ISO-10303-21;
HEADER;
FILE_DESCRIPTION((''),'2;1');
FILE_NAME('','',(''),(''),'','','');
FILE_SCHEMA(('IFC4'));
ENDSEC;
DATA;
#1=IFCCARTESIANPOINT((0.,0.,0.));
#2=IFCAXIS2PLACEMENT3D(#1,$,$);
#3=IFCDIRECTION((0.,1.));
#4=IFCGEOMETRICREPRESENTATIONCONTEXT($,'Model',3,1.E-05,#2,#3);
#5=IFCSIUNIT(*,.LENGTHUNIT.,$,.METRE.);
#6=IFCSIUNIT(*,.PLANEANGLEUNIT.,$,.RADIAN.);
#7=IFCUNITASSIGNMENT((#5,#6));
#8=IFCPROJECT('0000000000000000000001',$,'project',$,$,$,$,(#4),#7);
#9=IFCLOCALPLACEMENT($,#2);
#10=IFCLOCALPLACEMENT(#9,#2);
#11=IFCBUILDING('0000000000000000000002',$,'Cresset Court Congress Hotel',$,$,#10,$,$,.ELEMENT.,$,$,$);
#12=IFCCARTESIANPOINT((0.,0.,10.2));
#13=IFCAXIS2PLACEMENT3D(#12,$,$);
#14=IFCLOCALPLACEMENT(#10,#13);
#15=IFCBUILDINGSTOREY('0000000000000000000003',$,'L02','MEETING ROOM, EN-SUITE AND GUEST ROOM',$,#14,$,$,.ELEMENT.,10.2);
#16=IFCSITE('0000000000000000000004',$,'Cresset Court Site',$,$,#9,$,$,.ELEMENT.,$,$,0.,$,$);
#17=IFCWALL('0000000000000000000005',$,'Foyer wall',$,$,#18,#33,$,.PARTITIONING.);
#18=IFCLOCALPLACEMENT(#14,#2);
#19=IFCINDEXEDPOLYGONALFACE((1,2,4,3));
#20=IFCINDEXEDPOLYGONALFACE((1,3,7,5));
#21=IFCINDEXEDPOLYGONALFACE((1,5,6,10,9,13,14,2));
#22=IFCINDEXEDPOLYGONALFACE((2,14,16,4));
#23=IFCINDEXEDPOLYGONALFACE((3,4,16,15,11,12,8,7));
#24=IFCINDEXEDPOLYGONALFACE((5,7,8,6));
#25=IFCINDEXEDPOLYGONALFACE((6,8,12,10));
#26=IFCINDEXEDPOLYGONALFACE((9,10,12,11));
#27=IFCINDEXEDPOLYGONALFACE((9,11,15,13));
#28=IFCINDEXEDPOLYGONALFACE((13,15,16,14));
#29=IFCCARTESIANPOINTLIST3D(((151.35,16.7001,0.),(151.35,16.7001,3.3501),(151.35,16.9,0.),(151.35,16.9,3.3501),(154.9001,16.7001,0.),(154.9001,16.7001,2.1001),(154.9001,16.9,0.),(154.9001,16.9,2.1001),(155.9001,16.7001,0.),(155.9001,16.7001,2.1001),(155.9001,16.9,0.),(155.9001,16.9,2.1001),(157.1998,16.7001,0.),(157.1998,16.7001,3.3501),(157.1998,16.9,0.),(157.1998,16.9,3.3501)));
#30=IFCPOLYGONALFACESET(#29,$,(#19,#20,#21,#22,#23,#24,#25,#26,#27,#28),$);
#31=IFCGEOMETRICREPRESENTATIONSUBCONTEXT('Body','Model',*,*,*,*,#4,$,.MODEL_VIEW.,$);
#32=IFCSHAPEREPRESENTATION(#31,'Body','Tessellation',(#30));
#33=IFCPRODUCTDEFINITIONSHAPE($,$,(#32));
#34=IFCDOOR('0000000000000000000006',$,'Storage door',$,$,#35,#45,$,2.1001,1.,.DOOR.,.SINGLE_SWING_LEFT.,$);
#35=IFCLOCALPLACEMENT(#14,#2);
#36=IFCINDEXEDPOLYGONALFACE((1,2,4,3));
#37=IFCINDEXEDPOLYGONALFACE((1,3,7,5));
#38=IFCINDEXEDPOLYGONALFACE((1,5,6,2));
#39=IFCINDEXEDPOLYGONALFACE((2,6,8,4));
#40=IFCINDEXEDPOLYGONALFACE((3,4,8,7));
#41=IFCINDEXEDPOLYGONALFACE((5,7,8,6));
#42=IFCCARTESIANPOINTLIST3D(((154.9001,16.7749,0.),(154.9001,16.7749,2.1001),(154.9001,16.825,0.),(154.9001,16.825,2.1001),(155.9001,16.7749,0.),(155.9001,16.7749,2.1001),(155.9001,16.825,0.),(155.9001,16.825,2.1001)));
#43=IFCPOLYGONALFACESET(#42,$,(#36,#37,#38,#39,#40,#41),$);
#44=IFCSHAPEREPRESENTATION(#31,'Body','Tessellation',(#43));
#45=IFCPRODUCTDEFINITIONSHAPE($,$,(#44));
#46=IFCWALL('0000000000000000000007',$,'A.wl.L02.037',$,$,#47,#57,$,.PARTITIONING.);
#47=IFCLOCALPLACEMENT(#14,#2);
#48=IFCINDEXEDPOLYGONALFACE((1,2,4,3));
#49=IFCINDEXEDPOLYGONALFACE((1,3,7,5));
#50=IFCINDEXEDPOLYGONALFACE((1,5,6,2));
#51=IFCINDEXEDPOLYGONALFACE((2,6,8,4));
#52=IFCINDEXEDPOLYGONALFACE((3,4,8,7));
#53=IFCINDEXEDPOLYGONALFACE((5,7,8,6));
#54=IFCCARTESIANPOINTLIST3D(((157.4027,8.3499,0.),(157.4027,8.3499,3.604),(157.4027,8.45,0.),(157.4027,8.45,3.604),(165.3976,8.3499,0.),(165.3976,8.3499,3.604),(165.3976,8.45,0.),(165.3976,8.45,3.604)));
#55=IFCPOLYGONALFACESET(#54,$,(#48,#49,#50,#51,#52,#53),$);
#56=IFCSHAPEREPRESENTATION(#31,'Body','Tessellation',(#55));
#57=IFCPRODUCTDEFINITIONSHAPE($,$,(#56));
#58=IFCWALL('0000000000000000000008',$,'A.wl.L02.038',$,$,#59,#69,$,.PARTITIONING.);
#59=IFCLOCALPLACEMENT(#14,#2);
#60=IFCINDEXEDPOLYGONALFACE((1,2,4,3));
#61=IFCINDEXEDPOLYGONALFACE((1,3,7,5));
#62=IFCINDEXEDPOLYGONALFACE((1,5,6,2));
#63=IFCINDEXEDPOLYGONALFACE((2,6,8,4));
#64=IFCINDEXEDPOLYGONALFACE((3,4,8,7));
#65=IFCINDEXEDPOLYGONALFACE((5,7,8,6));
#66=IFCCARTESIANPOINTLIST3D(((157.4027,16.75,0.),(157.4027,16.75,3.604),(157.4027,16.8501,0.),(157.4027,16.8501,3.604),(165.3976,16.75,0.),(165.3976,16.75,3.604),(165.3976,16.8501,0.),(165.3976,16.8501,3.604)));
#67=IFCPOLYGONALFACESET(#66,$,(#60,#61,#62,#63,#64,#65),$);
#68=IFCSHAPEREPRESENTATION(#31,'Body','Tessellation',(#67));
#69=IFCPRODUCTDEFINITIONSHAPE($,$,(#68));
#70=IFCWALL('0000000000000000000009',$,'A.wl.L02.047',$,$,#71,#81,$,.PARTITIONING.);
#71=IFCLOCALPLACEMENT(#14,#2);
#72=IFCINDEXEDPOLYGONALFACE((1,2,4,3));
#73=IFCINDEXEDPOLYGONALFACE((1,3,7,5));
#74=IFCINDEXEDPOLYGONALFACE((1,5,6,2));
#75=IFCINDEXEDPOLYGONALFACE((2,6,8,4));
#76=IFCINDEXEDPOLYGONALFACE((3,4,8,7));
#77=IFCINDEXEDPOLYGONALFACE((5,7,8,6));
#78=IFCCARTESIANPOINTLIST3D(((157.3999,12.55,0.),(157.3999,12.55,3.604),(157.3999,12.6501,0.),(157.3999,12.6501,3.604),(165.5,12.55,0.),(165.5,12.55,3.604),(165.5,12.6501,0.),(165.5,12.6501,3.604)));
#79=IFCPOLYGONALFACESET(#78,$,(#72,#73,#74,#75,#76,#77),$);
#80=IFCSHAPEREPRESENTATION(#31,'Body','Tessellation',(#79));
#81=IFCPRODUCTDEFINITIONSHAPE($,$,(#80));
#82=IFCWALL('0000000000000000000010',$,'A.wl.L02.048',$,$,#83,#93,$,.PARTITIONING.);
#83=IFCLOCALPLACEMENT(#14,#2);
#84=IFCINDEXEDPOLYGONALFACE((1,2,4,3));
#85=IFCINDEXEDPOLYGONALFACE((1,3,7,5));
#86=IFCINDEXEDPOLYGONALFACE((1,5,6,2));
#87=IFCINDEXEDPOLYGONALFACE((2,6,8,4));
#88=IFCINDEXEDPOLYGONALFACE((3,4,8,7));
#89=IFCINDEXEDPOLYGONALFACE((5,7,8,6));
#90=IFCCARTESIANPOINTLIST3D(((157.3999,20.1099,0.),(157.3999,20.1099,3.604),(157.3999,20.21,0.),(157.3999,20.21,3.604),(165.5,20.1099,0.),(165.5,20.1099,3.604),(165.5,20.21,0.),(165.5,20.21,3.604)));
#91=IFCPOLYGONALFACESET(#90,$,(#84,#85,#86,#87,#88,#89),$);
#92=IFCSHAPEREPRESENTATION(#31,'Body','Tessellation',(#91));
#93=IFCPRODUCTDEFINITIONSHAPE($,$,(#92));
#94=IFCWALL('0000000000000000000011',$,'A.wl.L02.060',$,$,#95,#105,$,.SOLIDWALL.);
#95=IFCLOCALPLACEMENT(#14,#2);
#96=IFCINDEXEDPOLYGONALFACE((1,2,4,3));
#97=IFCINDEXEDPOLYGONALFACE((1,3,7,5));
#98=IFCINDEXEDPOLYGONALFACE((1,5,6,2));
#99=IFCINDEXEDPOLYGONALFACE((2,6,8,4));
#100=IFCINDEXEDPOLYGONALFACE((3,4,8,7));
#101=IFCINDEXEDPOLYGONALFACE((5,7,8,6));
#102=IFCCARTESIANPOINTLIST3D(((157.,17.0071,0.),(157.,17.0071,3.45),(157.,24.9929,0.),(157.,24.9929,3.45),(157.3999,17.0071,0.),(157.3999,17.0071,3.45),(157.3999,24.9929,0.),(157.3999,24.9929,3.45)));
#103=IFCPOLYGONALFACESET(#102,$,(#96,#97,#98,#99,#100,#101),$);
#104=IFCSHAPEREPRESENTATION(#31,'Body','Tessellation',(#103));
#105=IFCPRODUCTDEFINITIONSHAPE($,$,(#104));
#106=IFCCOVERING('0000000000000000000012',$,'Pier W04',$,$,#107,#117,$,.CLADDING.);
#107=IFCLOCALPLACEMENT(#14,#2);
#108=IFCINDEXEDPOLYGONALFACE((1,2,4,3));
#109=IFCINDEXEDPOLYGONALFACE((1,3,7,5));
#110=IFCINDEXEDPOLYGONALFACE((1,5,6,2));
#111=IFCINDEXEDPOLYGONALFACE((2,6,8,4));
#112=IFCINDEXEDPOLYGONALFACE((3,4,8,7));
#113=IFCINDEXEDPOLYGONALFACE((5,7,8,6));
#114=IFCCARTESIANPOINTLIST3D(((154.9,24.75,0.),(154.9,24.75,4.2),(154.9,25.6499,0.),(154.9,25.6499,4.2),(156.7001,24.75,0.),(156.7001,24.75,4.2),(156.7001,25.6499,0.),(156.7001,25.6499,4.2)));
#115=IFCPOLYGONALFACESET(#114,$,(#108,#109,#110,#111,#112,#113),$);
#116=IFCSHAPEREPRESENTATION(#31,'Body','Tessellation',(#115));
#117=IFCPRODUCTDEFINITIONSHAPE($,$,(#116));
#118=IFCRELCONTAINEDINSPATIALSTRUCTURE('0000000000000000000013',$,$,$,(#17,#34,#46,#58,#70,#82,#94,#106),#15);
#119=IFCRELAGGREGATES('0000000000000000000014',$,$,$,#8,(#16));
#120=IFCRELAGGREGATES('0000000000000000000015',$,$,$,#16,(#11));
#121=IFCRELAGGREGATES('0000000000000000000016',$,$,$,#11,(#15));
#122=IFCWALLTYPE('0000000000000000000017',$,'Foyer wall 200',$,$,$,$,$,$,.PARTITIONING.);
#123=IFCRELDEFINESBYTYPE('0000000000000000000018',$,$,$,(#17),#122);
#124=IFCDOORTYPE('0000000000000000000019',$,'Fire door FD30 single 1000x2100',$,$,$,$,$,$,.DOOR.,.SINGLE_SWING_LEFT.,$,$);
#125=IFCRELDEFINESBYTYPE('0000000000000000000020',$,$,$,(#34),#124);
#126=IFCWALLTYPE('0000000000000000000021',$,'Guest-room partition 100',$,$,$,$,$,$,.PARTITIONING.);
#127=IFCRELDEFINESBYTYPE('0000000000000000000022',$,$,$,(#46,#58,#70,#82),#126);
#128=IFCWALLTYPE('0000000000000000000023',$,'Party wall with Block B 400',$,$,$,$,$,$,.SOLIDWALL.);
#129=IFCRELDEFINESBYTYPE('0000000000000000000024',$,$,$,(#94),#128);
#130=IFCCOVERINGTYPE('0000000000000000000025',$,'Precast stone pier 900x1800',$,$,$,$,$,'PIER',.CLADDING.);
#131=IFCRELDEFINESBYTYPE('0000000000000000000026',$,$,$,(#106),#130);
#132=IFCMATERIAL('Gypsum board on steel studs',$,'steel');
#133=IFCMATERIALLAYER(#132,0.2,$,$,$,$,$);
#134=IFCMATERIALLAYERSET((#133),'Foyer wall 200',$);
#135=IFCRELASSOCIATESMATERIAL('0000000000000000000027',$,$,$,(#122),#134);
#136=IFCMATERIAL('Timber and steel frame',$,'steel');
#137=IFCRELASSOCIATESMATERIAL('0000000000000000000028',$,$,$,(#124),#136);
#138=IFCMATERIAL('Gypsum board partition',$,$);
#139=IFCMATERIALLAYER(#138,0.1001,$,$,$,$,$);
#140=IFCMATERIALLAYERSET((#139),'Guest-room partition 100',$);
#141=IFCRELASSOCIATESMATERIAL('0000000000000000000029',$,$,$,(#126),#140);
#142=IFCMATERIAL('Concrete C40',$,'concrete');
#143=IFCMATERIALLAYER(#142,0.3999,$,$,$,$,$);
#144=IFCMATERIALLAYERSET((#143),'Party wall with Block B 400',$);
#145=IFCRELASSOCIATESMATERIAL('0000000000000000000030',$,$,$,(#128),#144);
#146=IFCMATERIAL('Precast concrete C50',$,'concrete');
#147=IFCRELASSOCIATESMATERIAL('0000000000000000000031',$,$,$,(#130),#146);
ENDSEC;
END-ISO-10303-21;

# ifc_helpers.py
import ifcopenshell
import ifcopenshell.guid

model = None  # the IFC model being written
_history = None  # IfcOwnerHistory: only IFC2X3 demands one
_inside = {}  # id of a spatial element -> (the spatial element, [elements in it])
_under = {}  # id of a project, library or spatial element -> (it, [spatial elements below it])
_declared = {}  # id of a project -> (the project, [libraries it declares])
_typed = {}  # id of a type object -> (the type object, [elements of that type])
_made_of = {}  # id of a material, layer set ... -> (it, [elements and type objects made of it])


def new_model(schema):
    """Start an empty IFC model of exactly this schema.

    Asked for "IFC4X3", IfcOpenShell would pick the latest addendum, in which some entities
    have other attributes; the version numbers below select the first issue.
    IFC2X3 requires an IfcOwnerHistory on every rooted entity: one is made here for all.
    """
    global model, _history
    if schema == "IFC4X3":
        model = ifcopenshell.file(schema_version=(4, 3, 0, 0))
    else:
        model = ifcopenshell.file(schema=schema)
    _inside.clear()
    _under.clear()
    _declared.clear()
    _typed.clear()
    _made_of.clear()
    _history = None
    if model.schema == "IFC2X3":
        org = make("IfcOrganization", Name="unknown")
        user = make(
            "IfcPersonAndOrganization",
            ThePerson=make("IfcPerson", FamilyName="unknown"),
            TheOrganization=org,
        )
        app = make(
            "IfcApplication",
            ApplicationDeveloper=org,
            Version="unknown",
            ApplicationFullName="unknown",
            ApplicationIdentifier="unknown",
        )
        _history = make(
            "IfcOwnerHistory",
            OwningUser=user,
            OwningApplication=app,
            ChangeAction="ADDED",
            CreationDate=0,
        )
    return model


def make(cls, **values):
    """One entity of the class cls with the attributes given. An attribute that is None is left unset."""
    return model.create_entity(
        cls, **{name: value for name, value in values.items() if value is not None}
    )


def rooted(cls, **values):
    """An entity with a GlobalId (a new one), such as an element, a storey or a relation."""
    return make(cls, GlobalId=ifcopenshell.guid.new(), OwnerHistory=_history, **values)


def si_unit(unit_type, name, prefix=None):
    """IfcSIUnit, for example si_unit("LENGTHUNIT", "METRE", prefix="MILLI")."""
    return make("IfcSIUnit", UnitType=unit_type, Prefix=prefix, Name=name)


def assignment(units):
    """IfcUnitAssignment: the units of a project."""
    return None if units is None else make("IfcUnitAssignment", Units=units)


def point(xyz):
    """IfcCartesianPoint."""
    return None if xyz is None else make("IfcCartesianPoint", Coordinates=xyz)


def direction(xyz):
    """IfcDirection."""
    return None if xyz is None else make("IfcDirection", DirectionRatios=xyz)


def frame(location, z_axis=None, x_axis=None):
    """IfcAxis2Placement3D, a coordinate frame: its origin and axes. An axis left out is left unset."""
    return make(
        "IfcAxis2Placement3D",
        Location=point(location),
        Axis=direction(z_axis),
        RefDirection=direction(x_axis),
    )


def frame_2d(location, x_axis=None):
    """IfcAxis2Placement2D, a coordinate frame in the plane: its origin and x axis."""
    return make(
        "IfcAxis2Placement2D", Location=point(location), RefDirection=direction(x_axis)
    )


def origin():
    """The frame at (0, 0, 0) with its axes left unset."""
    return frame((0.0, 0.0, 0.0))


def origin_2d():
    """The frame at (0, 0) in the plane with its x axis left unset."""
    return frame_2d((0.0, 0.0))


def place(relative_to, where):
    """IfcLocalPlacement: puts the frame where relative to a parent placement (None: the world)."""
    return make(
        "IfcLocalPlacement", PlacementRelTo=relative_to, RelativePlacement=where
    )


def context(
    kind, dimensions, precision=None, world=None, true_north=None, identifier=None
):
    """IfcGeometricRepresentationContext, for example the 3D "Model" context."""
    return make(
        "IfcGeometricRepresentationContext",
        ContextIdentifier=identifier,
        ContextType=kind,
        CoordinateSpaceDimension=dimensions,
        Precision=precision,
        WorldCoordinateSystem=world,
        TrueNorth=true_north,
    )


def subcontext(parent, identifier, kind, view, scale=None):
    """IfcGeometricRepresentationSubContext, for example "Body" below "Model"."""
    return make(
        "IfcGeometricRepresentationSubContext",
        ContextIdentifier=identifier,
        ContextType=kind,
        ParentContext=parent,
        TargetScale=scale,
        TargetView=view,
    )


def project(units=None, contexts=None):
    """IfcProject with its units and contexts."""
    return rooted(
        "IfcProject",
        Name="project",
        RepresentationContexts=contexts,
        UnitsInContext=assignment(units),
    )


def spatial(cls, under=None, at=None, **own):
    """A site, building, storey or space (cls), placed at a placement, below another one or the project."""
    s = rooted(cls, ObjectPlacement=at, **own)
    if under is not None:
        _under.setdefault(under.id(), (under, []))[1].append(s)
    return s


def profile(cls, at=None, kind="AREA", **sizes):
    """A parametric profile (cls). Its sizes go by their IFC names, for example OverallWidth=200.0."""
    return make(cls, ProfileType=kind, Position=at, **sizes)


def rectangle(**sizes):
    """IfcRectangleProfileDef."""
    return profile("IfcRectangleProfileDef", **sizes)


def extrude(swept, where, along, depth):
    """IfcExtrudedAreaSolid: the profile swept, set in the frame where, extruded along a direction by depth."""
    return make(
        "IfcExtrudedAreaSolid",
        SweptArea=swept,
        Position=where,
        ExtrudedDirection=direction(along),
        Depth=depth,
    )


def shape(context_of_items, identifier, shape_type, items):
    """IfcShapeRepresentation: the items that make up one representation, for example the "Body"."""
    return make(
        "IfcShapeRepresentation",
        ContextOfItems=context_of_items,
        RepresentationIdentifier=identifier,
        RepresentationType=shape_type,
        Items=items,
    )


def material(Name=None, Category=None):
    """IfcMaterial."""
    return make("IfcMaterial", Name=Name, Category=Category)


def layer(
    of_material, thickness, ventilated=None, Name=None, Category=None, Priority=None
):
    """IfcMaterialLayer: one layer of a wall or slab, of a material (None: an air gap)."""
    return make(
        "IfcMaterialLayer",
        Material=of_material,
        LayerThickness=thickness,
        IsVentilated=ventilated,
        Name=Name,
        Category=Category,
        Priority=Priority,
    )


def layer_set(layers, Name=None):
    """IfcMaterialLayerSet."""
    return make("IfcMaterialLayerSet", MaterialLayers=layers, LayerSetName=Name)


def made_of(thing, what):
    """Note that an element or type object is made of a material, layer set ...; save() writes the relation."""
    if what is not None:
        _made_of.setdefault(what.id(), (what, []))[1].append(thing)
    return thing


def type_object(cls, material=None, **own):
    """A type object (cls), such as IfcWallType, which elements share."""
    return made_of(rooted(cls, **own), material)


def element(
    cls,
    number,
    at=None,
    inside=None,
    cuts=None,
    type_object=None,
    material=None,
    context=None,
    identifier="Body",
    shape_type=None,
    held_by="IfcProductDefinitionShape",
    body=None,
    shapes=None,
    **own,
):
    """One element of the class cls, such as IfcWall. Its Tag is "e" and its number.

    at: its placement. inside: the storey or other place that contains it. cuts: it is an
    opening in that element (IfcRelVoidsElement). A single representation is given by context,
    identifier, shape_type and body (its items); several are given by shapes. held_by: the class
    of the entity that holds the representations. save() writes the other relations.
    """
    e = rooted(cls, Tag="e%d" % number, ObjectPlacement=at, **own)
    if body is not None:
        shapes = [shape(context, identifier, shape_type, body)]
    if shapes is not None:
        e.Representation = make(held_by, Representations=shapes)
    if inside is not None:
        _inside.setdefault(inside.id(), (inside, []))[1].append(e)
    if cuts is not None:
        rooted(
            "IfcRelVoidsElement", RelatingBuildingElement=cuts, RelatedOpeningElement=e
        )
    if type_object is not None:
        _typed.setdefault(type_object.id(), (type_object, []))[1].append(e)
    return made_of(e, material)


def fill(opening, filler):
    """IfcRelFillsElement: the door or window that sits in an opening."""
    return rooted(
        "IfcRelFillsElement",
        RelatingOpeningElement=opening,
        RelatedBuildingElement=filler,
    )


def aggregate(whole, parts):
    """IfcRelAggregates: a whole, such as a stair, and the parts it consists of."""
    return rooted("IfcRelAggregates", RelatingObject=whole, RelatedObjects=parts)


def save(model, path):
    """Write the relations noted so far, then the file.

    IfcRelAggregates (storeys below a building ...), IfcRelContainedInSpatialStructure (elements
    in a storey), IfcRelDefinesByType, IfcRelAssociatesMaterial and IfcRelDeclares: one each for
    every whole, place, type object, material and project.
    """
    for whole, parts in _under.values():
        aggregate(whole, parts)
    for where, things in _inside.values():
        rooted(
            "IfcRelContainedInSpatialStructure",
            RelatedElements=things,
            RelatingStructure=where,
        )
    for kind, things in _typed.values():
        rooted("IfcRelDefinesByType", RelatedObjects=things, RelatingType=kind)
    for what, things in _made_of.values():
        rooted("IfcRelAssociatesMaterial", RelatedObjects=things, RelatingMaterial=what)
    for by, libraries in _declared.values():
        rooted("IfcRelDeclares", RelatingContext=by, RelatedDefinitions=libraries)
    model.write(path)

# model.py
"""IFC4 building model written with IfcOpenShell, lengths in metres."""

from ifc_helpers import new_model, si_unit, direction, frame, frame_2d, origin, origin_2d, place, context, subcontext, project, spatial, rectangle, extrude, material, layer, layer_set, type_object, element, fill, save


model = new_model("IFC4")

# Units and contexts
model_context = context("Model", 3, precision=1e-05, world=origin(), true_north=direction((0.0, 1.0)))
body_context = subcontext(model_context, "Body", "Model", "MODEL_VIEW")
ifc_project = project(units=[si_unit("LENGTHUNIT", "METRE"), si_unit("PLANEANGLEUNIT", "RADIAN")], contexts=[model_context])

# Site, building, storey
site_placement = place(None, origin())
site = spatial("IfcSite", under=ifc_project, at=site_placement, Name="Cresset Court Site", CompositionType="ELEMENT", RefElevation=0.0)
building_placement = place(site_placement, origin())
building = spatial("IfcBuilding", under=site, at=building_placement, Name="Cresset Court Congress Hotel", CompositionType="ELEMENT")
storey_placement = place(building_placement, frame((0.0, 0.0, 10.2)))
storey = spatial("IfcBuildingStorey", under=building, at=storey_placement, Name="L02", Description="MEETING ROOM, EN-SUITE AND GUEST ROOM", CompositionType="ELEMENT", Elevation=10.2)

# Wall, opening, door
ifc_material_1 = material(Name="Gypsum board on steel studs", Category="steel")
ifc_layer_1 = layer(ifc_material_1, 0.2)
ifc_layer_set_1 = layer_set([ifc_layer_1], Name="Foyer wall 200")
wall_type_1 = type_object("IfcWallType", Name="Foyer wall 200", PredefinedType="PARTITIONING", material=ifc_layer_set_1)
wall_1_placement = place(storey_placement, frame((151.3501, 16.8, 0.0), z_axis=(0.0, 0.0, 1.0), x_axis=(1.0, 0.0, 0.0)))
wall_1 = element("IfcWall", 1, at=wall_1_placement, inside=storey, type_object=wall_type_1, Name="Foyer wall", PredefinedType="PARTITIONING", context=body_context, shape_type="SweptSolid", body=[
    extrude(rectangle(XDim=5.8499, YDim=0.2, at=frame_2d((2.9248, 0.0))), origin(), (0.0, 0.0, 1.0), 3.3501),
])
opening_placement = place(wall_1_placement, frame((3.55, 0.0, 0.0)))
opening = element("IfcOpeningElement", 2, at=opening_placement, cuts=wall_1, PredefinedType="OPENING", context=body_context, shape_type="SweptSolid", body=[
    extrude(rectangle(XDim=1.0, YDim=2.1001, at=frame_2d((0.5, 1.05))), frame((0.0, 0.1099, 0.0), z_axis=(0.0, -1.0, 0.0), x_axis=(1.0, 0.0, 0.0)), (0.0, 0.0, 1.0), 0.22),
])
ifc_material_2 = material(Name="Timber and steel frame", Category="steel")
door_type = type_object("IfcDoorType", Name="Fire door FD30 single 1000x2100", OperationType="SINGLE_SWING_LEFT", PredefinedType="DOOR", material=ifc_material_2)
door_placement = place(opening_placement, origin())
door = element("IfcDoor", 3, at=door_placement, inside=storey, type_object=door_type, Name="Storage door", OperationType="SINGLE_SWING_LEFT", OverallHeight=2.1001, OverallWidth=1.0, PredefinedType="DOOR", context=body_context, shape_type="SweptSolid", body=[
    extrude(rectangle(XDim=1.0, YDim=2.1001, at=frame_2d((0.5, 1.05))), frame((0.0, 0.0249, 0.0), z_axis=(0.0, -1.0, 0.0), x_axis=(1.0, 0.0, 0.0)), (0.0, 0.0, 1.0), 0.05),
])
fill(opening, door)

# Walls
ifc_material_3 = material(Name="Gypsum board partition")
ifc_layer_2 = layer(ifc_material_3, 0.1001)
ifc_layer_set_2 = layer_set([ifc_layer_2], Name="Guest-room partition 100")
wall_type_2 = type_object("IfcWallType", Name="Guest-room partition 100", PredefinedType="PARTITIONING", material=ifc_layer_set_2)
for number, where, z_axis, x_axis, name in (
    (4, (157.4026, 8.3999, 0.0), (0.0, 0.0, 1.0), (1.0, 0.0, 0.0), "A.wl.L02.037"),
    (5, (157.4026, 16.8, 0.0), (0.0, 0.0, 1.0), (1.0, 0.0, 0.0), "A.wl.L02.038"),
):
    element("IfcWall", number, at=place(storey_placement, frame(where, z_axis=z_axis, x_axis=x_axis)), inside=storey, type_object=wall_type_2, Name=name, PredefinedType="PARTITIONING", context=body_context, shape_type="SweptSolid", body=[
        extrude(rectangle(XDim=7.9949, YDim=0.1001, at=frame_2d((3.9976, 0.0))), origin(), (0.0, 0.0, 1.0), 3.604),
    ])
for number, where, z_axis, x_axis, name in (
    (6, (157.3999, 12.6001, 0.0), (0.0, 0.0, 1.0), (1.0, 0.0, 0.0), "A.wl.L02.047"),
    (7, (157.3999, 20.1599, 0.0), (0.0, 0.0, 1.0), (1.0, 0.0, 0.0), "A.wl.L02.048"),
):
    element("IfcWall", number, at=place(storey_placement, frame(where, z_axis=z_axis, x_axis=x_axis)), inside=storey, type_object=wall_type_2, Name=name, PredefinedType="PARTITIONING", context=body_context, shape_type="SweptSolid", body=[
        extrude(rectangle(XDim=8.1001, YDim=0.1001, at=frame_2d((4.05, 0.0))), origin(), (0.0, 0.0, 1.0), 3.604),
    ])
ifc_material_4 = material(Name="Concrete C40", Category="concrete")
ifc_layer_3 = layer(ifc_material_4, 0.3999)
ifc_layer_set_3 = layer_set([ifc_layer_3], Name="Party wall with Block B 400")
wall_type_3 = type_object("IfcWallType", Name="Party wall with Block B 400", PredefinedType="SOLIDWALL", material=ifc_layer_set_3)
wall_2_placement = place(storey_placement, frame((157.2, 17.0071, 0.0), z_axis=(0.0, 0.0, 1.0), x_axis=(0.0, 1.0, 0.0)))
element("IfcWall", 8, at=wall_2_placement, inside=storey, type_object=wall_type_3, Name="A.wl.L02.060", PredefinedType="SOLIDWALL", context=body_context, shape_type="SweptSolid", body=[
    extrude(rectangle(XDim=7.9858, YDim=0.3999, at=frame_2d((3.9929, 0.0))), origin(), (0.0, 0.0, 1.0), 3.45),
])

# Covering
ifc_material_5 = material(Name="Precast concrete C50", Category="concrete")
covering_type = type_object("IfcCoveringType", Name="Precast stone pier 900x1800", ElementType="PIER", PredefinedType="CLADDING", material=ifc_material_5)
covering_placement = place(storey_placement, frame((155.8, 25.2, 0.0), z_axis=(0.0, 0.0, 1.0), x_axis=(1.0, 0.0, 0.0)))
element("IfcCovering", 9, at=covering_placement, inside=storey, type_object=covering_type, Name="Pier W04", PredefinedType="CLADDING", context=body_context, shape_type="SweptSolid", body=[
    extrude(rectangle(XDim=1.8, YDim=0.8999, at=origin_2d()), origin(), (0.0, 0.0, 1.0), 4.2),
])

save(model, "model.ifc")
